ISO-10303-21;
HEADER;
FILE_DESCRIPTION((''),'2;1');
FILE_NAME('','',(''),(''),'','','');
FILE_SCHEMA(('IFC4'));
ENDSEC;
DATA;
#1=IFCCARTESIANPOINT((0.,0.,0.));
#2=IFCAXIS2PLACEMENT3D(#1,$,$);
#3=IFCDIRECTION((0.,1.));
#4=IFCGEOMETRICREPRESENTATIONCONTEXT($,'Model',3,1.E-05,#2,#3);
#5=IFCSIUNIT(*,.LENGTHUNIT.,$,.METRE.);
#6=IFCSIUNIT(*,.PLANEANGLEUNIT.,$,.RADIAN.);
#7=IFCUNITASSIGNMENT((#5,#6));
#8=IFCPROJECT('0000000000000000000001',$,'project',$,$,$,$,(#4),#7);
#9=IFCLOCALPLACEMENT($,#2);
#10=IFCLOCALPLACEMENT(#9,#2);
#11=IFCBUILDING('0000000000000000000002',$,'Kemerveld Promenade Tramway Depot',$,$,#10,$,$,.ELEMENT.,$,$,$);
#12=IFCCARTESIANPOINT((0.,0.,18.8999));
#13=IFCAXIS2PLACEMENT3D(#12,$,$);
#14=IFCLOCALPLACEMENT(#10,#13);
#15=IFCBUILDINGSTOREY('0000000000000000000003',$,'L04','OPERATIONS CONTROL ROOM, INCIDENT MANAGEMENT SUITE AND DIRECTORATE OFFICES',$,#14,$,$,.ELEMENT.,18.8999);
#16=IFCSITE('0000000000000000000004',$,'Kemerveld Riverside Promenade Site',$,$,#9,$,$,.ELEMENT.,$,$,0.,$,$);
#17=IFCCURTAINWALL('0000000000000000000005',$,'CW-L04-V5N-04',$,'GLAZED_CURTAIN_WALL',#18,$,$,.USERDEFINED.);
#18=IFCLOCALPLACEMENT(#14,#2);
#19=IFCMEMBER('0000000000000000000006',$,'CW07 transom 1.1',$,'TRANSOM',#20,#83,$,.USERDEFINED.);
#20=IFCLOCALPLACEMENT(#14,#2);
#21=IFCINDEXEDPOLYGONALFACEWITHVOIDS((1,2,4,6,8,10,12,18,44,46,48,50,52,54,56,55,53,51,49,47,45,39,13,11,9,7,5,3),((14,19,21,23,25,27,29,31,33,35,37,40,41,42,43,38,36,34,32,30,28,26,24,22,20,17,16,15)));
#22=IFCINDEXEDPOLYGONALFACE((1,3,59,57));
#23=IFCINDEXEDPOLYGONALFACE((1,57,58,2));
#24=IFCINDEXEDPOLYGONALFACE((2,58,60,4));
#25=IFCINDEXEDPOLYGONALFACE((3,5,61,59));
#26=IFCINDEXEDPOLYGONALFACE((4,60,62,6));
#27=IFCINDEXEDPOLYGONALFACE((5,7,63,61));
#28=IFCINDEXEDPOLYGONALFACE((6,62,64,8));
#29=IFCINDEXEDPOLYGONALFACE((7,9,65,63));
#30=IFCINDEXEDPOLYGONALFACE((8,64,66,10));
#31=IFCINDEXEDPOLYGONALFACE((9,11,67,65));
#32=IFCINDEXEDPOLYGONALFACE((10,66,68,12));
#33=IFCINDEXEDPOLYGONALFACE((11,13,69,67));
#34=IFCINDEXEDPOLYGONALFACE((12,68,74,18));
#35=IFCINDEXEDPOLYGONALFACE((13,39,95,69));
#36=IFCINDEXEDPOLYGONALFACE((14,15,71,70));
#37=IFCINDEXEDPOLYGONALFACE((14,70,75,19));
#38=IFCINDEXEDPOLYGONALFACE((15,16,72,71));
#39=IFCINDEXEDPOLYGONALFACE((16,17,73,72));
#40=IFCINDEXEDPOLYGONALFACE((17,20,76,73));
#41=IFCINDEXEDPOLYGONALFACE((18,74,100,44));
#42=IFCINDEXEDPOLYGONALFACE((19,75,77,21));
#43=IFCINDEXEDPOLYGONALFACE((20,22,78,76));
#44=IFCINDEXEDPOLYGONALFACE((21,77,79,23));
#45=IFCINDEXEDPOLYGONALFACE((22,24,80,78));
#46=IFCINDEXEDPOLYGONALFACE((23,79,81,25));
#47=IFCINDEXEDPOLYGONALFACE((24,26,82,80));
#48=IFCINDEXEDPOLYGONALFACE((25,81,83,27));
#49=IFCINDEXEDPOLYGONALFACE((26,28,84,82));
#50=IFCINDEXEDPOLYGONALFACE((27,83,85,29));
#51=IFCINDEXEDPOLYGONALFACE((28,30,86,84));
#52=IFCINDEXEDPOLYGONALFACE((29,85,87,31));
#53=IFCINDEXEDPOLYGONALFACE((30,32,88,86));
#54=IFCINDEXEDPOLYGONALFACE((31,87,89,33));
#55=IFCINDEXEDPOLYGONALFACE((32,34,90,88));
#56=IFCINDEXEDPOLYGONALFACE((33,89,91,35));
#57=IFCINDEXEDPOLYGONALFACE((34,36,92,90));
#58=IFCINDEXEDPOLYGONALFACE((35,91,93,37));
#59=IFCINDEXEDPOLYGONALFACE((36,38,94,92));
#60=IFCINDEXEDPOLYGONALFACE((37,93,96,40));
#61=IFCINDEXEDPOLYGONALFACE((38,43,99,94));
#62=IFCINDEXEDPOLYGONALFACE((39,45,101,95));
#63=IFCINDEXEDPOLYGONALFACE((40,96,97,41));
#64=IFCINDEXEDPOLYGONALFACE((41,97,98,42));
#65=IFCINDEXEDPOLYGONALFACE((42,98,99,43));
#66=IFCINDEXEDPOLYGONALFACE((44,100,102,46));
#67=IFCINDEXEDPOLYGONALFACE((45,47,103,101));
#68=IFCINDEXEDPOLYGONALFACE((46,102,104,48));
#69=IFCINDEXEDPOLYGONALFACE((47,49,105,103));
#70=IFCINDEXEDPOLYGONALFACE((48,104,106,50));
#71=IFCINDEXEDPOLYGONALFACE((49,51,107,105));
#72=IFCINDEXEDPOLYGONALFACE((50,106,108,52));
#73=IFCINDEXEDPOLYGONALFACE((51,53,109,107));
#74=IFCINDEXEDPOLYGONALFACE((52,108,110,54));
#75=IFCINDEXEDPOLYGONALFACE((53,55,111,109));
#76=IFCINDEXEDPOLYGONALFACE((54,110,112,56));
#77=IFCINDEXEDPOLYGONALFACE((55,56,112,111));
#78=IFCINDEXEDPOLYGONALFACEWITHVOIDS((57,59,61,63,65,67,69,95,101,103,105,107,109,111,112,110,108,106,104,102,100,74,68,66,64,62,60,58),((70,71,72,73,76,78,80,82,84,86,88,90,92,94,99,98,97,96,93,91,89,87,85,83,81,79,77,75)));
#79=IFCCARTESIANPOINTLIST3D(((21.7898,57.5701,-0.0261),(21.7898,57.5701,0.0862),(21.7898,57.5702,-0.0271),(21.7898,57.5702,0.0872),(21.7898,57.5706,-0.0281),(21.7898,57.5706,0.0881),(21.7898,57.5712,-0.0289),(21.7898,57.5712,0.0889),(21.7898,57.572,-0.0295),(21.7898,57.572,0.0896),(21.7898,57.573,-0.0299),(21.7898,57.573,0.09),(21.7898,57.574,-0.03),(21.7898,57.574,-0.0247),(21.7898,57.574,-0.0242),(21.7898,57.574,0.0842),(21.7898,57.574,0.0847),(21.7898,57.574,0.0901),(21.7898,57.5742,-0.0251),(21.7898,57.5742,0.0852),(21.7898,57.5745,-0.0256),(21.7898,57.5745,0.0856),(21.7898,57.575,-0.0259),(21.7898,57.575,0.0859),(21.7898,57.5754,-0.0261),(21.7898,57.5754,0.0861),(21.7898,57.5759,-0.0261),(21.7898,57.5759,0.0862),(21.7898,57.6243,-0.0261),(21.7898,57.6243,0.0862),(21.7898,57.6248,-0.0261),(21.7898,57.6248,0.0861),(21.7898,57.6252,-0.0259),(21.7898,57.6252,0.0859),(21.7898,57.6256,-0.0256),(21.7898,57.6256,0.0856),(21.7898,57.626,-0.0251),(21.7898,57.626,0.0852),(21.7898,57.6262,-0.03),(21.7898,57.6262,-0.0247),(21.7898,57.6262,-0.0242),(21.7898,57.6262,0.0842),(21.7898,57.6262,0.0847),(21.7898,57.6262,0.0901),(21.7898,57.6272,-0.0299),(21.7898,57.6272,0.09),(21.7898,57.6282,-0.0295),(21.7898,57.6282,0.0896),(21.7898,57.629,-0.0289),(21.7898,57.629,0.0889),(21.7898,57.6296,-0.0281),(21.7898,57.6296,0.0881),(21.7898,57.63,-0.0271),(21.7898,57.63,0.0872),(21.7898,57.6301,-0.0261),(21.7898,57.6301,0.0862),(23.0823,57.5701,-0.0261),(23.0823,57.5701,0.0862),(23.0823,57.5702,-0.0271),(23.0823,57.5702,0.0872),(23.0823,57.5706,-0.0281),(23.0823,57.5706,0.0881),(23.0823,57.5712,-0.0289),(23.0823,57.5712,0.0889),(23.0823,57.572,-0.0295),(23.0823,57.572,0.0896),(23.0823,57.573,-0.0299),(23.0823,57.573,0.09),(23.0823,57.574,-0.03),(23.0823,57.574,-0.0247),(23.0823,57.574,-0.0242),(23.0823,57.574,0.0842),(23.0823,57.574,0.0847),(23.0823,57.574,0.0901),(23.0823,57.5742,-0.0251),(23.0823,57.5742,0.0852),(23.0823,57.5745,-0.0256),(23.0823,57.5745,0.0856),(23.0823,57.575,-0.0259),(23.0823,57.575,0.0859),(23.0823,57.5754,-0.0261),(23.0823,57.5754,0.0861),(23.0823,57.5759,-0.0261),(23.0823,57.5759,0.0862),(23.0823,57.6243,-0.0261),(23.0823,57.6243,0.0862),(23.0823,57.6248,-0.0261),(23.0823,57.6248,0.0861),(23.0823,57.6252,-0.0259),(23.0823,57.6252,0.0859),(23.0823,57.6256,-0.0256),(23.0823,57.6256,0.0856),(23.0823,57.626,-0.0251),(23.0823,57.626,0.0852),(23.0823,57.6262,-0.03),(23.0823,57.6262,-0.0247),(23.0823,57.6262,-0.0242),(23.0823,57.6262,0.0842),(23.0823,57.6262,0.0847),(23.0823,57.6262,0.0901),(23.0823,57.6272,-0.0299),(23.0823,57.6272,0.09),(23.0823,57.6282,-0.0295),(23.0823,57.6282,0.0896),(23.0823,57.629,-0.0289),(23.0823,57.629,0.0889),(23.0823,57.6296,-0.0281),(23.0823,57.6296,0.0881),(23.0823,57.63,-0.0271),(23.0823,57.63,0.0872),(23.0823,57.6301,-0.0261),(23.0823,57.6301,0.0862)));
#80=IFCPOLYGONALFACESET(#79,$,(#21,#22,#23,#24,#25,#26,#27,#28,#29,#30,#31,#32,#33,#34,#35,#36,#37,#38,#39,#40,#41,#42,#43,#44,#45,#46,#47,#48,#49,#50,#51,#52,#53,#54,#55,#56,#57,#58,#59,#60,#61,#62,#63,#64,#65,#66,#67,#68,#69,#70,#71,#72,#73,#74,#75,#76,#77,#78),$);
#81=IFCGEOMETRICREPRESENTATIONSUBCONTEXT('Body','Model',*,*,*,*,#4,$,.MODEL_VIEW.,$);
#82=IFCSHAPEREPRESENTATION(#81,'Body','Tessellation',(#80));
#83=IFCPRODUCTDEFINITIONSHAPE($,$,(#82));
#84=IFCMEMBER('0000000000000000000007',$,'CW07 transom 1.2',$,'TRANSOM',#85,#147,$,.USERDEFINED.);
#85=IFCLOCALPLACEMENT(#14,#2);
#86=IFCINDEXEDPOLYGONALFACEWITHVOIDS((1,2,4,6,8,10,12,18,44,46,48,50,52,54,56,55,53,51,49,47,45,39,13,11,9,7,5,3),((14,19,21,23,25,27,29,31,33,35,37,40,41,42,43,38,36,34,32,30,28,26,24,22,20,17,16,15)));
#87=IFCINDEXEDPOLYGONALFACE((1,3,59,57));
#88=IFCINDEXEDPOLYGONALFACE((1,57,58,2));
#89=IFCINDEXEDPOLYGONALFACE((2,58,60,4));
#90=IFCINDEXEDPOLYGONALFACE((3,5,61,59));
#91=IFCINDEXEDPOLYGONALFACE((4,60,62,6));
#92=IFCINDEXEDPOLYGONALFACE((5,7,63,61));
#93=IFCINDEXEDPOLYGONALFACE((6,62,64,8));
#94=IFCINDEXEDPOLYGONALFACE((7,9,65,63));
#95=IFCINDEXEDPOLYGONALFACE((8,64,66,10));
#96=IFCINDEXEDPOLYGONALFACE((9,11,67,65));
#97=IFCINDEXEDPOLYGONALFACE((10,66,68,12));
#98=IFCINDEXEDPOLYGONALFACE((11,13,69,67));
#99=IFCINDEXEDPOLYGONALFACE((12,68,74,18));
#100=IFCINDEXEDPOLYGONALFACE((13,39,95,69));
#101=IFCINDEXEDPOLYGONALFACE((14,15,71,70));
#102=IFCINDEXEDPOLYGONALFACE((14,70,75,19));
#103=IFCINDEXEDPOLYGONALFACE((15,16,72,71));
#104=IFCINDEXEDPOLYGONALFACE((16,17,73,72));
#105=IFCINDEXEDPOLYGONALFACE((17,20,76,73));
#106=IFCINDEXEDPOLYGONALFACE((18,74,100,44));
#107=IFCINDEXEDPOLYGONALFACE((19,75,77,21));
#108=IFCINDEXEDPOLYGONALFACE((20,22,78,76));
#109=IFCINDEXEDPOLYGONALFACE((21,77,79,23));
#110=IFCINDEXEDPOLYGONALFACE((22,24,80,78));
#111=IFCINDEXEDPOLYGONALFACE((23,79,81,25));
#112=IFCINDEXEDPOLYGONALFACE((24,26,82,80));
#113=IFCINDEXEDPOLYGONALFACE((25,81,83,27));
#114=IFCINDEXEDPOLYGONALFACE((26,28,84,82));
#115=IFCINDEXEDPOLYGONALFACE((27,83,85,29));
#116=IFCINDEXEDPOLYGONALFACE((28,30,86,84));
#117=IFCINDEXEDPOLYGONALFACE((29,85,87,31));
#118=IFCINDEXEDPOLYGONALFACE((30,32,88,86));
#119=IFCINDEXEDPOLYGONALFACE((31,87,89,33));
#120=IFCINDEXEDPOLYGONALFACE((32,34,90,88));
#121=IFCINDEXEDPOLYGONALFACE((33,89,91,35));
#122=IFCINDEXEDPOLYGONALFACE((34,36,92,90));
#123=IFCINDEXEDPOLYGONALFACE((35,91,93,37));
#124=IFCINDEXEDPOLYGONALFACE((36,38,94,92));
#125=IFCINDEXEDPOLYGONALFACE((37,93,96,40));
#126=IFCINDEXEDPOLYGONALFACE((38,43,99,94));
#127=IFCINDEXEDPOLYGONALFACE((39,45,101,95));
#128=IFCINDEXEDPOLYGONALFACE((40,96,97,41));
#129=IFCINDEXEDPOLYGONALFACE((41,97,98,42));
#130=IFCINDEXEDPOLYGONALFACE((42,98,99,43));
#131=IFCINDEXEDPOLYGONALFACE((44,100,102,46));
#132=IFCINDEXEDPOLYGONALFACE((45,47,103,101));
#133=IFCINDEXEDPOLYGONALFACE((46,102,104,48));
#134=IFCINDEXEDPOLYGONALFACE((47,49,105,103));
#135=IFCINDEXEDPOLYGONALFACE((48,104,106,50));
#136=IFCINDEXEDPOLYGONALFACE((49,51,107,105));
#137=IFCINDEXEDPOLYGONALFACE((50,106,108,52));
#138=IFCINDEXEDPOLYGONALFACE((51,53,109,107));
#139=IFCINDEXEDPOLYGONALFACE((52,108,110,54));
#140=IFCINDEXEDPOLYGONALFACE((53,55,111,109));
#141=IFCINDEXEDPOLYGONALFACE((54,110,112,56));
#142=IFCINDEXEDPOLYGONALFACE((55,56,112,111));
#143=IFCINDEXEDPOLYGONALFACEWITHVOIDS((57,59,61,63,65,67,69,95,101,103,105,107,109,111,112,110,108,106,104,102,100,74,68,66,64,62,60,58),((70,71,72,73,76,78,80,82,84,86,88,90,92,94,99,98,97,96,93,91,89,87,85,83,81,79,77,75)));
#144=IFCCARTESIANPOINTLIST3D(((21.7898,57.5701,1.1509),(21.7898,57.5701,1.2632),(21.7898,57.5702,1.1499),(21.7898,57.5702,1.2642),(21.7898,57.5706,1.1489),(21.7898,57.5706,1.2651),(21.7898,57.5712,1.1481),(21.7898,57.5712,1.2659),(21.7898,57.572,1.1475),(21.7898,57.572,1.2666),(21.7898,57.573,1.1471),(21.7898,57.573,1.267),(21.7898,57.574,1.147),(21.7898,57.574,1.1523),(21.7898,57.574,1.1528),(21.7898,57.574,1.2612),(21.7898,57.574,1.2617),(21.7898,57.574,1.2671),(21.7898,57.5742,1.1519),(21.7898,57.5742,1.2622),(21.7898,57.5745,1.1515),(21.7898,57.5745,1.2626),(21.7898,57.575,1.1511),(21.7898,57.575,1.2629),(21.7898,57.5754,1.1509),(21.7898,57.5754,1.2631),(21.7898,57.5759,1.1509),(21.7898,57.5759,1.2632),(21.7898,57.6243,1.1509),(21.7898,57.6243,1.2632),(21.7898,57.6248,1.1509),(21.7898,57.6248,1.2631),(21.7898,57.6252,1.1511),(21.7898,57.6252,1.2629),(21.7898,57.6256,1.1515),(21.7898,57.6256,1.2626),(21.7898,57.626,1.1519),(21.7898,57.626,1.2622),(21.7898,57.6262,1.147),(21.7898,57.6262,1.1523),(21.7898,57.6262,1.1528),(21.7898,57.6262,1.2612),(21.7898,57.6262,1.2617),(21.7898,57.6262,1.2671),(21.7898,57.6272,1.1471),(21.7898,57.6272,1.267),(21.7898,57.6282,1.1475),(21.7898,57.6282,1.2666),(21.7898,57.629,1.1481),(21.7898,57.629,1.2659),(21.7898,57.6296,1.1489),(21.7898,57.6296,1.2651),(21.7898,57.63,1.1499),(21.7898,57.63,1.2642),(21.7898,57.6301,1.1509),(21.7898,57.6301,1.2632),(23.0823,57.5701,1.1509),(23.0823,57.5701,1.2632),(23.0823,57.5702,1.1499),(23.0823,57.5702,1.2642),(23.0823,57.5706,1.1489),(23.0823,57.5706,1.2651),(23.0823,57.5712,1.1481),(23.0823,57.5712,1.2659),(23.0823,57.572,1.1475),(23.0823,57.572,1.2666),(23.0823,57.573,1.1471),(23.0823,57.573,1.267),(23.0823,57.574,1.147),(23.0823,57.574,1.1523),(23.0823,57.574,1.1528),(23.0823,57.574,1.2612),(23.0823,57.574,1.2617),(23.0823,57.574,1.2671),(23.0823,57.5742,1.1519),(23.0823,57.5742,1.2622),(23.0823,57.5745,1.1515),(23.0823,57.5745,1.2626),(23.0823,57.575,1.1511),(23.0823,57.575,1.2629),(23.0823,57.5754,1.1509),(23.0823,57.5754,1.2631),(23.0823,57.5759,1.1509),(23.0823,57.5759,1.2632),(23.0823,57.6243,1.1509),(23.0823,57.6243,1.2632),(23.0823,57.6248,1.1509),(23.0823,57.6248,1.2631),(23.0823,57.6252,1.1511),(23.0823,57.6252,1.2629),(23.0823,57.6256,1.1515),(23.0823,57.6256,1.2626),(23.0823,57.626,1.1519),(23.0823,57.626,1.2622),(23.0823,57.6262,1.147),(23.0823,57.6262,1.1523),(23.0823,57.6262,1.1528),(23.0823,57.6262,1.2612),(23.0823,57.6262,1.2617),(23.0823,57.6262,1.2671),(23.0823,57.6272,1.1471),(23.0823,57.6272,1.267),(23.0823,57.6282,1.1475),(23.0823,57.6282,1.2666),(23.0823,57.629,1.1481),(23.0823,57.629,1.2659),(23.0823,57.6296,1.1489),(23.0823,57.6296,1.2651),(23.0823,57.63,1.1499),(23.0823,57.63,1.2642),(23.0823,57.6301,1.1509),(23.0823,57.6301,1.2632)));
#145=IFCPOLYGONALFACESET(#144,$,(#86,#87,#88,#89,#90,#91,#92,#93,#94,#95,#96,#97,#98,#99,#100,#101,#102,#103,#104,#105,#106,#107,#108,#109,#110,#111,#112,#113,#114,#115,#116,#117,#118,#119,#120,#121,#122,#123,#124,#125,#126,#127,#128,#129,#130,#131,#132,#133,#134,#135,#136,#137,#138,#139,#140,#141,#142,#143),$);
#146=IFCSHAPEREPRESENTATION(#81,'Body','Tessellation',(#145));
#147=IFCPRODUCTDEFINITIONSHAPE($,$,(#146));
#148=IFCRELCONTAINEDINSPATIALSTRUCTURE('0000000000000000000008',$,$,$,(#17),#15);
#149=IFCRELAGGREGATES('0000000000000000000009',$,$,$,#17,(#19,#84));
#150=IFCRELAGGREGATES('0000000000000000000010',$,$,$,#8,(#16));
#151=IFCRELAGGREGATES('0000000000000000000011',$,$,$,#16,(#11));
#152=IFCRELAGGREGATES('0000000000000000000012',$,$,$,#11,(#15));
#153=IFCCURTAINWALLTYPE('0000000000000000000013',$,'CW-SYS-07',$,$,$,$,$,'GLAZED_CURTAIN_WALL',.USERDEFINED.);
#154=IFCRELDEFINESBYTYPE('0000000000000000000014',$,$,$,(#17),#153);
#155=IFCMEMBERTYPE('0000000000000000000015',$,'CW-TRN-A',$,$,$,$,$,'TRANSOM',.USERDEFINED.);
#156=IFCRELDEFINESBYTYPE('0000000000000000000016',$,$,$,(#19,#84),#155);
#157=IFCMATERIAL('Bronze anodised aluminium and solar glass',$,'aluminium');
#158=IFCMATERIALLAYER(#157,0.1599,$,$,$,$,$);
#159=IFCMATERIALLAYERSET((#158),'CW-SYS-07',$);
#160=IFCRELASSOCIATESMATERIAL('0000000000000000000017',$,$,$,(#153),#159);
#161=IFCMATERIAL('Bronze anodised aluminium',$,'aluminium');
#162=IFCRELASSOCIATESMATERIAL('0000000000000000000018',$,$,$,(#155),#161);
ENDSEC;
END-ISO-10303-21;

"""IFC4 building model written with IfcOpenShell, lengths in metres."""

from ifc_helpers import new_model, si_unit, direction, frame, origin, origin_2d, place, context, subcontext, project, spatial, hollow_rectangle, extrude, material, layer, layer_set, material_profile, profile_set, type_object, element, aggregate, save


model = new_model("IFC4")

# Units and contexts
model_context = context("Model", 3, precision=1e-05, world=origin(), true_north=direction((0.0, 1.0)))
body_context = subcontext(model_context, "Body", "Model", "MODEL_VIEW")
ifc_project = project(units=[si_unit("LENGTHUNIT", "METRE"), si_unit("PLANEANGLEUNIT", "RADIAN")], contexts=[model_context])

# Site, building, storey
site_placement = place(None, origin())
site = spatial("IfcSite", under=ifc_project, at=site_placement, Name="Kemerveld Riverside Promenade Site", CompositionType="ELEMENT", RefElevation=0.0)
building_placement = place(site_placement, origin())
building = spatial("IfcBuilding", under=site, at=building_placement, Name="Kemerveld Promenade Tramway Depot", CompositionType="ELEMENT")
storey_placement = place(building_placement, frame((0.0, 0.0, 18.8999)))
storey = spatial("IfcBuildingStorey", under=building, at=storey_placement, Name="L04", Description="OPERATIONS CONTROL ROOM, INCIDENT MANAGEMENT SUITE AND DIRECTORATE OFFICES", CompositionType="ELEMENT", Elevation=18.8999)

# Shared definitions
ifc_material_1 = material(Name="Bronze anodised aluminium and solar glass", Category="aluminium")
ifc_material_2 = material(Name="Bronze anodised aluminium", Category="aluminium")

# Curtain wall, members
ifc_layer_1 = layer(ifc_material_1, 0.1599)
ifc_layer_set_1 = layer_set([ifc_layer_1], Name="CW-SYS-07")
curtain_wall_type_1 = type_object("IfcCurtainWallType", Name="CW-SYS-07", ElementType="GLAZED_CURTAIN_WALL", PredefinedType="USERDEFINED", material=ifc_layer_set_1)
curtain_wall_1_placement = place(storey_placement, origin())
curtain_wall_1 = element("IfcCurtainWall", 1, at=curtain_wall_1_placement, inside=storey, type_object=curtain_wall_type_1, Name="CW-L04-V5N-04", ObjectType="GLAZED_CURTAIN_WALL", PredefinedType="USERDEFINED")
ifc_material_profile_1 = material_profile(ifc_material_2, hollow_rectangle(XDim=0.0601, YDim=0.1201, WallThickness=0.0039, InnerFilletRadius=0.002, OuterFilletRadius=0.0039, at=origin_2d()), Name="CW-TRN-120x60")
ifc_profile_set_1 = profile_set([ifc_material_profile_1], Name="Bronze anodised aluminium")
member_type_1 = type_object("IfcMemberType", Name="CW-TRN-A", ElementType="TRANSOM", PredefinedType="USERDEFINED", material=ifc_profile_set_1)
member_1_placement = place(storey_placement, frame((21.7898, 57.6001, 0.03), z_axis=(1.0, 0.0, 0.0), x_axis=(0.0, 1.0, 0.0)))
member_1 = element("IfcMember", 2, at=member_1_placement, type_object=member_type_1, Name="CW07 transom 1.1", ObjectType="TRANSOM", PredefinedType="USERDEFINED", context=body_context, shape_type="SweptSolid", body=[
    extrude(hollow_rectangle(XDim=0.0601, YDim=0.1201, WallThickness=0.0039, InnerFilletRadius=0.002, OuterFilletRadius=0.0039, at=origin_2d()), origin(), (0.0, 0.0, 1.0), 1.2925),
])
member_2_placement = place(storey_placement, frame((21.7898, 57.6001, 1.207), z_axis=(1.0, 0.0, 0.0), x_axis=(0.0, 1.0, 0.0)))
member_2 = element("IfcMember", 3, at=member_2_placement, type_object=member_type_1, Name="CW07 transom 1.2", ObjectType="TRANSOM", PredefinedType="USERDEFINED", context=body_context, shape_type="SweptSolid", body=[
    extrude(hollow_rectangle(XDim=0.0601, YDim=0.1201, WallThickness=0.0039, InnerFilletRadius=0.002, OuterFilletRadius=0.0039, at=origin_2d()), origin(), (0.0, 0.0, 1.0), 1.2925),
])

aggregate(curtain_wall_1, [member_1, member_2])

save(model, "model.ifc")
